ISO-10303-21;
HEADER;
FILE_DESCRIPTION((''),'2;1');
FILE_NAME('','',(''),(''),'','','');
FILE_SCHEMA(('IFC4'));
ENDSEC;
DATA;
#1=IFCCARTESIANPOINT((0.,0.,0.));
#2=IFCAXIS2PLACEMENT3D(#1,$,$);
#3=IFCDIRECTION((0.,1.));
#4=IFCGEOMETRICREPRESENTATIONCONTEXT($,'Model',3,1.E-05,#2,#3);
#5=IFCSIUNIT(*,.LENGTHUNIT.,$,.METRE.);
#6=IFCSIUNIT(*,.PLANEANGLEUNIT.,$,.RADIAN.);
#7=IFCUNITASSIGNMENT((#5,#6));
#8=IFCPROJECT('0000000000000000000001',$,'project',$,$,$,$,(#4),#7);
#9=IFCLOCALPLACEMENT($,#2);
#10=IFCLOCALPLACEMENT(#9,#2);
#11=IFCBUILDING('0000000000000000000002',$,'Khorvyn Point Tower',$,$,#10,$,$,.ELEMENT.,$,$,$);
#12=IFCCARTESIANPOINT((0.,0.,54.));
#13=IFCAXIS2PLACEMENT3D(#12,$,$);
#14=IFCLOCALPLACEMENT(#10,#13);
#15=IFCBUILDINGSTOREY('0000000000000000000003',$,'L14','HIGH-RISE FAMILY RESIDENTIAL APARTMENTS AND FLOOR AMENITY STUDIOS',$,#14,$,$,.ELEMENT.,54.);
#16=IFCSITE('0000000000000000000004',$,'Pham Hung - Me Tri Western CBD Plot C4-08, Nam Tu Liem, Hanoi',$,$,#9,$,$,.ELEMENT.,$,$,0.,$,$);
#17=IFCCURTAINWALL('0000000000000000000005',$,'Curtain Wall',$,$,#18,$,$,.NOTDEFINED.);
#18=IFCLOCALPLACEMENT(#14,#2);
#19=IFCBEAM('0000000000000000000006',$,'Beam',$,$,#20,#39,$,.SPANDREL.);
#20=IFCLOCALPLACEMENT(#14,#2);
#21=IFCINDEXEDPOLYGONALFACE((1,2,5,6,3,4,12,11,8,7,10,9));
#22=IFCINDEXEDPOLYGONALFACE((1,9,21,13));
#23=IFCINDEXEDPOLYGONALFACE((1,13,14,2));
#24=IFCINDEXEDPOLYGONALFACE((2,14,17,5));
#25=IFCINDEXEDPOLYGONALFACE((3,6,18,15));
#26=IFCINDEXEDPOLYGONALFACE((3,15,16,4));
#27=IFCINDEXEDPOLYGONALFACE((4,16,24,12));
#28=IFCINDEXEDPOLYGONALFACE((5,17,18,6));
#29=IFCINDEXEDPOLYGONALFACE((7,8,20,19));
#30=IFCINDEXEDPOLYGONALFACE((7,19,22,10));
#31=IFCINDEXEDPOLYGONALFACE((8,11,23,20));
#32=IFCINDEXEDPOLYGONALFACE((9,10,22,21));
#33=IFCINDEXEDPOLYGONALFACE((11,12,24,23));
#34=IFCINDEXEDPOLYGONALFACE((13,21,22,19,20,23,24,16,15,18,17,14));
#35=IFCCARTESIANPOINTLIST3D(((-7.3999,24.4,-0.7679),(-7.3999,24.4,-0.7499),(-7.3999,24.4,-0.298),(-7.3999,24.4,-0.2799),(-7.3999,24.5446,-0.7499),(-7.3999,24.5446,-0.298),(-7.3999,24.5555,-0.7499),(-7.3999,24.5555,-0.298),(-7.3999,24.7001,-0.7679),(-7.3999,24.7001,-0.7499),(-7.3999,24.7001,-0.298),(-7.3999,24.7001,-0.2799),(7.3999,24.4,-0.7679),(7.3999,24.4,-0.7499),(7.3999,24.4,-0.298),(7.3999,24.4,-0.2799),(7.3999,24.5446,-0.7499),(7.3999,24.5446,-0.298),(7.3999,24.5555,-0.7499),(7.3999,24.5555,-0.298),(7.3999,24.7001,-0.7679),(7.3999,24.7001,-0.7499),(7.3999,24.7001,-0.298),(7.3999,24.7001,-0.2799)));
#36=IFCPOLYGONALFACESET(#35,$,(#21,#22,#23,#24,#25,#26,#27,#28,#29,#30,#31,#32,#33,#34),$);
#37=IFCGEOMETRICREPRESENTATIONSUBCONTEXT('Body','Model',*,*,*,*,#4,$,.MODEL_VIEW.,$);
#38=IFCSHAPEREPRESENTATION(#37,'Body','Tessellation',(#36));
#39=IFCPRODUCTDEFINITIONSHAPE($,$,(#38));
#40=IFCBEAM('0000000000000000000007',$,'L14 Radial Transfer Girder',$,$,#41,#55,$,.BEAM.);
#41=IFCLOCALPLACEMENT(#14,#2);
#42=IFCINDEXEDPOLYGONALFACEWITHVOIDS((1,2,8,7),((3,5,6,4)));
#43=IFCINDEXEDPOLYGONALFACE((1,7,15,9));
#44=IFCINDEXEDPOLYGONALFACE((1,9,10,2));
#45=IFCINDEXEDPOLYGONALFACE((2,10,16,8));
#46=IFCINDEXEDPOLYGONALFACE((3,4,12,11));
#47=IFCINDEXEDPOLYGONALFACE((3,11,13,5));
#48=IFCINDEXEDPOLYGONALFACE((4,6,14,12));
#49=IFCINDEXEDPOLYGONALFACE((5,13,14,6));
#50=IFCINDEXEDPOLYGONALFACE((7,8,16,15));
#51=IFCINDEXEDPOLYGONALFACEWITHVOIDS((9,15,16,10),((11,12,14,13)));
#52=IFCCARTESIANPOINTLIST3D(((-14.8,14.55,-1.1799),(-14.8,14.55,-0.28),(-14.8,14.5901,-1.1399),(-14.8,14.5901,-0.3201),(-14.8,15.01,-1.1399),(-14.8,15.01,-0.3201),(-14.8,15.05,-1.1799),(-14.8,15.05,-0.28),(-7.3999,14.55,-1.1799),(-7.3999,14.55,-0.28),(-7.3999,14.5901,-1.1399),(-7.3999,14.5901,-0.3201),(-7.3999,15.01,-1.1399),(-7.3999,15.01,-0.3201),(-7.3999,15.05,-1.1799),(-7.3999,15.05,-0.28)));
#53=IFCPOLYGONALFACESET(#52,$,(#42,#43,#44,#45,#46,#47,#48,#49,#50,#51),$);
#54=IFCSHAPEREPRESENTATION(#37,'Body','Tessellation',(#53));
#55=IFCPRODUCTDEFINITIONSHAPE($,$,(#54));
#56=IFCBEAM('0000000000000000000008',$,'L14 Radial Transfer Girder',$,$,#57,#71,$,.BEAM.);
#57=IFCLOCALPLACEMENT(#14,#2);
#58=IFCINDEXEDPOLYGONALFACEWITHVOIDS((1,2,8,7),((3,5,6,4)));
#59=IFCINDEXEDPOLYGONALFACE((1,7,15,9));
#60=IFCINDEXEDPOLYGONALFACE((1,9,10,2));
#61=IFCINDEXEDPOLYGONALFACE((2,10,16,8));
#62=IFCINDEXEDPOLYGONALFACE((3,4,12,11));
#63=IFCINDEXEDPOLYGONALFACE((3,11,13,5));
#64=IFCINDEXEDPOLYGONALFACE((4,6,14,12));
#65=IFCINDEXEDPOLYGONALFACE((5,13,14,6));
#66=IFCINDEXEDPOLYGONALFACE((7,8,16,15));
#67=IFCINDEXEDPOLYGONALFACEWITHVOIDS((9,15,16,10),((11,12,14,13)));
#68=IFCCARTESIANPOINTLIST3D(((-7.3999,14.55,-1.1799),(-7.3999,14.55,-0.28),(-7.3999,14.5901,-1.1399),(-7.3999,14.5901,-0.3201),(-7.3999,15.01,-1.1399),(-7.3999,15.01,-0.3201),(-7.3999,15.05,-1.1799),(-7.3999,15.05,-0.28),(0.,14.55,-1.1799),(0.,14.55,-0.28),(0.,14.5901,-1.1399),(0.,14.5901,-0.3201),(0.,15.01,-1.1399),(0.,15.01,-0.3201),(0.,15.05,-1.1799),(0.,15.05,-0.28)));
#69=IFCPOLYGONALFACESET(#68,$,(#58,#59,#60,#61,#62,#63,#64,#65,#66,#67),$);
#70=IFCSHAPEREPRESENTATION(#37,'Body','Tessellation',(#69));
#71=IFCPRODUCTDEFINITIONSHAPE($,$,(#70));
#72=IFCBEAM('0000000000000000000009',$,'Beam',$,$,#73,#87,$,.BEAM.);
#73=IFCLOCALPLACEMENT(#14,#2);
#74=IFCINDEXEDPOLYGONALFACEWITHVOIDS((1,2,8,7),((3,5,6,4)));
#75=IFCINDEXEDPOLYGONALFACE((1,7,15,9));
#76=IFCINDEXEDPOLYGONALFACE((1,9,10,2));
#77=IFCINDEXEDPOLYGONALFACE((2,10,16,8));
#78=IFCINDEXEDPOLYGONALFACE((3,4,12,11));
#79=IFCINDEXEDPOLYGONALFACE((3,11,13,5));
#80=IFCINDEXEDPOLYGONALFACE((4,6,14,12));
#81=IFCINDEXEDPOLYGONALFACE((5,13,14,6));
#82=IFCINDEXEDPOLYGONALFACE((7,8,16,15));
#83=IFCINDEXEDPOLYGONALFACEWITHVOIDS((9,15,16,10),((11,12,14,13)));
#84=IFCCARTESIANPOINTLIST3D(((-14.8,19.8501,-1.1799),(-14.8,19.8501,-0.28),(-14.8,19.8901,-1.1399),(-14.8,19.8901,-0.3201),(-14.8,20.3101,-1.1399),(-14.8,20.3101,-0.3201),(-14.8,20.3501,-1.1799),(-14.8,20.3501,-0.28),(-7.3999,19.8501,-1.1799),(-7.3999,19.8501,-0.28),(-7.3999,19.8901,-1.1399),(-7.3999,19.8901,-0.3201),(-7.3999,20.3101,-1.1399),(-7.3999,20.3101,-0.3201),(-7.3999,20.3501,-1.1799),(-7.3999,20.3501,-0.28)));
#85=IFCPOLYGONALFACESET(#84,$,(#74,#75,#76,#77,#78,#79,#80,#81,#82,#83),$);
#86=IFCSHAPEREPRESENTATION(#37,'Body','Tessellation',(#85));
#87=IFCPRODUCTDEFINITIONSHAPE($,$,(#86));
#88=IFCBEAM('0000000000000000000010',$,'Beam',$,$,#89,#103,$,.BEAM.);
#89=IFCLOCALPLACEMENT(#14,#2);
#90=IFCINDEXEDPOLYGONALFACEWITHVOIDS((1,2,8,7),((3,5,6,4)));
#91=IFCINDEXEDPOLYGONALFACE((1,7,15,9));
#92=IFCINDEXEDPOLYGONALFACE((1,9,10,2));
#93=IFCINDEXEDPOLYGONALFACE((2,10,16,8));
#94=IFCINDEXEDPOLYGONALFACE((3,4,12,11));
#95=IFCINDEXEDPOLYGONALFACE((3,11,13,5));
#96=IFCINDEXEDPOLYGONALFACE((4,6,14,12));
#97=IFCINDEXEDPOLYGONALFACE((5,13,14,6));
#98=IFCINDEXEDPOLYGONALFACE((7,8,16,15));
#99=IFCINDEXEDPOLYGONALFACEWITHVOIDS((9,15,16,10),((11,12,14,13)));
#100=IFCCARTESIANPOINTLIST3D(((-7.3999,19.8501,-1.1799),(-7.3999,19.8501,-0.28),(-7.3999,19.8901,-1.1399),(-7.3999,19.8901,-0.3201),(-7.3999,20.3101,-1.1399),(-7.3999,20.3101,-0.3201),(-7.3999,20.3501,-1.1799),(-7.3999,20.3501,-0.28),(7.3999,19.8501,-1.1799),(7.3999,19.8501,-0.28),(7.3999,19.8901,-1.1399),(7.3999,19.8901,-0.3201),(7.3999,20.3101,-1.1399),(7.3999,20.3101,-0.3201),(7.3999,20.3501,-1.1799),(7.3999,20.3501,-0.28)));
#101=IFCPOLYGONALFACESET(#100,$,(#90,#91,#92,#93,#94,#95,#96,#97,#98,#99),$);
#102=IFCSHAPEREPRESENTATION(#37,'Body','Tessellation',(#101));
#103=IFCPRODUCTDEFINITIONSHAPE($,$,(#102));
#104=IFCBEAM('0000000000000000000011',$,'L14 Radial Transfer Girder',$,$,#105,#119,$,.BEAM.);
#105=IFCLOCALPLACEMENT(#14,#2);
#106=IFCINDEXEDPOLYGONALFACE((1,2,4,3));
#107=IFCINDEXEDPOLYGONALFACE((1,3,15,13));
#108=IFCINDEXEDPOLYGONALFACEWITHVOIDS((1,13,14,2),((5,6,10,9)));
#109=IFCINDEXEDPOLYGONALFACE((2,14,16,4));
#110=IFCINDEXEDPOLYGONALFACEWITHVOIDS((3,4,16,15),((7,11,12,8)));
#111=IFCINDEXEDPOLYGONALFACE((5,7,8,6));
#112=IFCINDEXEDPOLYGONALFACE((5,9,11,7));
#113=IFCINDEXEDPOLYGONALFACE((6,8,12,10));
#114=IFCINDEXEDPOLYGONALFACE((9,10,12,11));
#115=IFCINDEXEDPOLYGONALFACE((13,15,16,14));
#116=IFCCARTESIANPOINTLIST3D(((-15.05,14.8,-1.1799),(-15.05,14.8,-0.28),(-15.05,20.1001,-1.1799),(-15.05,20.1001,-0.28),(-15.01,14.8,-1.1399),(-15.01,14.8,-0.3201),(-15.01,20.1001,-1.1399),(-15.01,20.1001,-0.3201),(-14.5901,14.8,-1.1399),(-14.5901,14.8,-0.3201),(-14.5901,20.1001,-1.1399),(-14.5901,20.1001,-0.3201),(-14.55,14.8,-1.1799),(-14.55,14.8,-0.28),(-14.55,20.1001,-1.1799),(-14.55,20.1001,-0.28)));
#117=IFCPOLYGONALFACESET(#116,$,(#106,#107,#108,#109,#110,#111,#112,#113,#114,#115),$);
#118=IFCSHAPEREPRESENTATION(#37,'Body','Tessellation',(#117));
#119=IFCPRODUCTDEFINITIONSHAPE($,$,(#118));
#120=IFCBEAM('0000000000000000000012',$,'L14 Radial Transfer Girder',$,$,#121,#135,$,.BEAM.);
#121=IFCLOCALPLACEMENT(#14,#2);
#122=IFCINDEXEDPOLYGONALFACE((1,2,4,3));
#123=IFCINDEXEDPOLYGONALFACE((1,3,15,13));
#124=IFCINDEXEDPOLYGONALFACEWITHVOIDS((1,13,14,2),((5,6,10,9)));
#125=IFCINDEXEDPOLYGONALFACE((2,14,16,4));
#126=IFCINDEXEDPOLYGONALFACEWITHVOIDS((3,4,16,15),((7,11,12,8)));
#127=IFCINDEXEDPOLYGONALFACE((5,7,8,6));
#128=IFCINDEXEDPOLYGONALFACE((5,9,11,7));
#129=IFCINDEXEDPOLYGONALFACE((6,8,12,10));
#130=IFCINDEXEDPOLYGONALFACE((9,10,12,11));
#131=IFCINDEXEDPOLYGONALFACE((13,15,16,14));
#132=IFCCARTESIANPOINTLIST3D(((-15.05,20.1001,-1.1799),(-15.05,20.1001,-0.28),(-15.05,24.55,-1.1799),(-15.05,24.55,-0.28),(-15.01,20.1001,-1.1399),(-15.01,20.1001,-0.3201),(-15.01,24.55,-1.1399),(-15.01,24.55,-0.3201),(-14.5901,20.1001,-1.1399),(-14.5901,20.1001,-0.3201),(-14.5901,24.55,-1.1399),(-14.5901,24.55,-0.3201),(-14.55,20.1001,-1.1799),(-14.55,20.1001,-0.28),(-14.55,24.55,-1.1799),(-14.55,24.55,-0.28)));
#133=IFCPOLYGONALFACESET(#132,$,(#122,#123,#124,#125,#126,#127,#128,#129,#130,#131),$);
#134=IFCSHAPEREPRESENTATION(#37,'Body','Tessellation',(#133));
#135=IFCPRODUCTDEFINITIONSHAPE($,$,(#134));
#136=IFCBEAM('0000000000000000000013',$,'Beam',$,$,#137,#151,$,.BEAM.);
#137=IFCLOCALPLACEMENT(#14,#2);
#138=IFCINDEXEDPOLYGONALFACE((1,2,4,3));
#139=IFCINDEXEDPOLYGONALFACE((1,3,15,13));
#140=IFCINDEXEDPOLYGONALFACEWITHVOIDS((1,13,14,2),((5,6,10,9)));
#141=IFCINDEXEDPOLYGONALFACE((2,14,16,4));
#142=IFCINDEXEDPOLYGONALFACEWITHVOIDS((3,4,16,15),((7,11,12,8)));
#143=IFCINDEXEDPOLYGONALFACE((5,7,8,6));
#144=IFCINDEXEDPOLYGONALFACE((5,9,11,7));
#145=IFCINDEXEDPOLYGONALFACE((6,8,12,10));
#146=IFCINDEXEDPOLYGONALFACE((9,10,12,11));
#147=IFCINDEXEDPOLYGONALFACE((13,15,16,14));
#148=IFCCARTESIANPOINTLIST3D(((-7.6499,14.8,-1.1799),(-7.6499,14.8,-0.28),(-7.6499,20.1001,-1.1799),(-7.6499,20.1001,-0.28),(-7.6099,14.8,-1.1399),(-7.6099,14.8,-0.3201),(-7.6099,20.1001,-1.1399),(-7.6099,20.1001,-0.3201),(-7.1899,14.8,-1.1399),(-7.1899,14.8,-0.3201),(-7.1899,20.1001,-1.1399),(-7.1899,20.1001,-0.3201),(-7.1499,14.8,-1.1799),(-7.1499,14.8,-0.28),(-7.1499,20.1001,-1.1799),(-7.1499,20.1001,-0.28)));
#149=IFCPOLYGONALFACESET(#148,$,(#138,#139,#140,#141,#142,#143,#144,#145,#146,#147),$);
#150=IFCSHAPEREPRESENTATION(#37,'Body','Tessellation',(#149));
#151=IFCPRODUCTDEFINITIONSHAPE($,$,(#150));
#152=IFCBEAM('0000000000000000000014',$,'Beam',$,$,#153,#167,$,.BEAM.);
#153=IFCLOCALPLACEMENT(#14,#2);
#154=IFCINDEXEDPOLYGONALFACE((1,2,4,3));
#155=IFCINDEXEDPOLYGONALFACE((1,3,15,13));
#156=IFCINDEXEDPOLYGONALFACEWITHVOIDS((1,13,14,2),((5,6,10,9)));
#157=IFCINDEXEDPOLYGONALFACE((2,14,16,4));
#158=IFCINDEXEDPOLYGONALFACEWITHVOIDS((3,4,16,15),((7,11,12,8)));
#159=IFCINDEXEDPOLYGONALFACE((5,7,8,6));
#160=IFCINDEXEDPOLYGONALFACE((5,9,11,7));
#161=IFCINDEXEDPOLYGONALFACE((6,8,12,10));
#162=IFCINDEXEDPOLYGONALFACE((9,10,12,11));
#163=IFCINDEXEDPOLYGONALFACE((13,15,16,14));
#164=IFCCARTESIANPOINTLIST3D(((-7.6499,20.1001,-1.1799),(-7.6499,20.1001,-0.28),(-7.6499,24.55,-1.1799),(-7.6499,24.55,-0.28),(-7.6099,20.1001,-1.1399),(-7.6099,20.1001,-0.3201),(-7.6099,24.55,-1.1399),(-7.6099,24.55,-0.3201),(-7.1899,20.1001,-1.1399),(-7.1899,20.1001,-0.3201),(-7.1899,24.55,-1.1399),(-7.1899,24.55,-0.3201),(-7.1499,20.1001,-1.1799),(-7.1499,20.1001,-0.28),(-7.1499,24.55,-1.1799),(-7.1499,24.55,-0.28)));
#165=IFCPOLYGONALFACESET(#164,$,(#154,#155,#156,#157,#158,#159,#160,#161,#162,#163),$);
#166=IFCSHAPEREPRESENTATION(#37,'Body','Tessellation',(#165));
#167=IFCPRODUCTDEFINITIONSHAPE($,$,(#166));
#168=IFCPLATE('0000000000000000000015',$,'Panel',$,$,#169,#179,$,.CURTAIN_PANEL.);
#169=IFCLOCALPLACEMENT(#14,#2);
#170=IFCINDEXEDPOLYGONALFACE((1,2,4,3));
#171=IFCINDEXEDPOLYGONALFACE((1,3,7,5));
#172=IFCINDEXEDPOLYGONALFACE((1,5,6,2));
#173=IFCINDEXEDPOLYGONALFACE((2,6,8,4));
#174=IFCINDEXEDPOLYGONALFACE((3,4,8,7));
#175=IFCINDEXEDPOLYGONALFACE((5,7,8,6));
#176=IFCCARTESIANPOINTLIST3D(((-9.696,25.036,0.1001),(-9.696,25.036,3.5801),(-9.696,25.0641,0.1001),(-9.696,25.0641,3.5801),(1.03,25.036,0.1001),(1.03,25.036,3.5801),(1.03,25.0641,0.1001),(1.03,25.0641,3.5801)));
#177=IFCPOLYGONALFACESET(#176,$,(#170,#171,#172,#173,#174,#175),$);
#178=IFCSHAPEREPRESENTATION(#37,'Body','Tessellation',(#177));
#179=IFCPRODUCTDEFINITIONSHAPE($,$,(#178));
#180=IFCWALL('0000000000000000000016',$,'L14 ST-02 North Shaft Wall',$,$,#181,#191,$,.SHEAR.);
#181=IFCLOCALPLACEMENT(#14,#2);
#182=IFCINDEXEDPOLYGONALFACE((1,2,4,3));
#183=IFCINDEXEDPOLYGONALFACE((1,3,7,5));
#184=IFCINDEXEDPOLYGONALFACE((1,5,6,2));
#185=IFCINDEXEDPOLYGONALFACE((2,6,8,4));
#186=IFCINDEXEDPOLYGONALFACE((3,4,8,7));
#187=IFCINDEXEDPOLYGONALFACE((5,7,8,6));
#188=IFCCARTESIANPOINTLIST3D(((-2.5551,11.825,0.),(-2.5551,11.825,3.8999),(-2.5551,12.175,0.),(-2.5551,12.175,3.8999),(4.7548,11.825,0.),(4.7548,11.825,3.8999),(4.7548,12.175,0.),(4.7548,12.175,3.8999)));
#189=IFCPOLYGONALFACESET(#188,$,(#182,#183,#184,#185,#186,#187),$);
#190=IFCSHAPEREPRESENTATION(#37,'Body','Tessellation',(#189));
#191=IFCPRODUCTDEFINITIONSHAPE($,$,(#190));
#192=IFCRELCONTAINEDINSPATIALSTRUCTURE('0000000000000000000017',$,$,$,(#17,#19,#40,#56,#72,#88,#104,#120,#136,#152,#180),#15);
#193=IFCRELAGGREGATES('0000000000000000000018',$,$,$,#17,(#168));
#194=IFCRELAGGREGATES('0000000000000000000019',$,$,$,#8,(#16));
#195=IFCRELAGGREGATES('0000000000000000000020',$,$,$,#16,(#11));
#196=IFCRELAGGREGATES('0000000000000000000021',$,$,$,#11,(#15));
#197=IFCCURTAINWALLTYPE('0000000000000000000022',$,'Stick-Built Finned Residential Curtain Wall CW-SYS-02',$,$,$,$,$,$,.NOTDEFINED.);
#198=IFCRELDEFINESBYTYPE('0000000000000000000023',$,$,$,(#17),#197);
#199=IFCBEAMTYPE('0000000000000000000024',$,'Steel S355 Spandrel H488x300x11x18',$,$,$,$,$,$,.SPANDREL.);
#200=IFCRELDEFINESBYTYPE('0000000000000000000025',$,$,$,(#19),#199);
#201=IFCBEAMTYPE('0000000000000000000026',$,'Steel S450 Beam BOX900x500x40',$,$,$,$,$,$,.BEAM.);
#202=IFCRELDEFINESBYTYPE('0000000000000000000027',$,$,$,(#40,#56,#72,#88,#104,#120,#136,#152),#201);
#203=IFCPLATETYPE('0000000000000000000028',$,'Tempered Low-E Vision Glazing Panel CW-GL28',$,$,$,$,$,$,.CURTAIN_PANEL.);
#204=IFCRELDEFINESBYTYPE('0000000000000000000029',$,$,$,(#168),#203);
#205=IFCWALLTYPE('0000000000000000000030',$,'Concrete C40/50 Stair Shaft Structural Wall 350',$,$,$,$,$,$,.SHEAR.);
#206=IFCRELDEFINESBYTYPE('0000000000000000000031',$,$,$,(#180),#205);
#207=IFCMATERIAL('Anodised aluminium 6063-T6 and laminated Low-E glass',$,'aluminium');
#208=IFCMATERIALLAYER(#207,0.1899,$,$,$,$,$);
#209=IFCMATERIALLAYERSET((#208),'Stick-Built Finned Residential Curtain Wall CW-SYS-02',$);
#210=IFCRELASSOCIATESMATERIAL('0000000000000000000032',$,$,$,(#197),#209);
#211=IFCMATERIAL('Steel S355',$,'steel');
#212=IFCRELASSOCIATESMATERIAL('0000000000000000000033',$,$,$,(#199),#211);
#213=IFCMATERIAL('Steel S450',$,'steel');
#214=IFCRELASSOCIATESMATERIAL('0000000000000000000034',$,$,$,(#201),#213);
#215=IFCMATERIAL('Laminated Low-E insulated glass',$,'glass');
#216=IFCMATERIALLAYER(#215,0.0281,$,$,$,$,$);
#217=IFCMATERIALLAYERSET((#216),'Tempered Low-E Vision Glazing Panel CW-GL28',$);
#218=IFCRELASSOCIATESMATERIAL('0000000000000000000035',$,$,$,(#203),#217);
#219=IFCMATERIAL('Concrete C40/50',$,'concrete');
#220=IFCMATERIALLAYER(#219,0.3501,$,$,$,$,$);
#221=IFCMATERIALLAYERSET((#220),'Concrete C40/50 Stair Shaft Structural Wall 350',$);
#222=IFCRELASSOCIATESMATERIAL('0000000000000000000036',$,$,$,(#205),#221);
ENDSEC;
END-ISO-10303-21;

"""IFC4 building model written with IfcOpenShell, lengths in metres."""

from ifc_helpers import new_model, si_unit, direction, frame, frame_2d, origin, origin_2d, place, context, subcontext, project, spatial, rectangle, hollow_rectangle, i_section, extrude, material, layer, layer_set, material_profile, profile_set, type_object, element, aggregate, save


model = new_model("IFC4")

# Units and contexts
model_context = context("Model", 3, precision=1e-05, world=origin(), true_north=direction((0.0, 1.0)))
body_context = subcontext(model_context, "Body", "Model", "MODEL_VIEW")
ifc_project = project(units=[si_unit("LENGTHUNIT", "METRE"), si_unit("PLANEANGLEUNIT", "RADIAN")], contexts=[model_context])

# Site, building, storey
site_placement = place(None, origin())
site = spatial("IfcSite", under=ifc_project, at=site_placement, Name="Pham Hung - Me Tri Western CBD Plot C4-08, Nam Tu Liem, Hanoi", CompositionType="ELEMENT", RefElevation=0.0)
building_placement = place(site_placement, origin())
building = spatial("IfcBuilding", under=site, at=building_placement, Name="Khorvyn Point Tower", CompositionType="ELEMENT")
storey_placement = place(building_placement, frame((0.0, 0.0, 54.0)))
storey = spatial("IfcBuildingStorey", under=building, at=storey_placement, Name="L14", Description="HIGH-RISE FAMILY RESIDENTIAL APARTMENTS AND FLOOR AMENITY STUDIOS", CompositionType="ELEMENT", Elevation=54.0)

# Shared definitions
ifc_material_1 = material(Name="Steel S450", Category="steel")

# Curtain wall
ifc_material_2 = material(Name="Anodised aluminium 6063-T6 and laminated Low-E glass", Category="aluminium")
ifc_layer_1 = layer(ifc_material_2, 0.1899)
ifc_layer_set_1 = layer_set([ifc_layer_1], Name="Stick-Built Finned Residential Curtain Wall CW-SYS-02")
curtain_wall_type = type_object("IfcCurtainWallType", Name="Stick-Built Finned Residential Curtain Wall CW-SYS-02", PredefinedType="NOTDEFINED", material=ifc_layer_set_1)
curtain_wall_placement = place(storey_placement, origin())
curtain_wall = element("IfcCurtainWall", 1, at=curtain_wall_placement, inside=storey, type_object=curtain_wall_type, Name="Curtain Wall", PredefinedType="NOTDEFINED")

# Beams
ifc_material_3 = material(Name="Steel S355", Category="steel")
ifc_material_profile_1 = material_profile(ifc_material_3, i_section(OverallWidth=0.3, OverallDepth=0.488, WebThickness=0.011, FlangeThickness=0.0181, at=origin_2d()))
ifc_profile_set_1 = profile_set([ifc_material_profile_1], Name="Steel S355 H488x300x11x18")
beam_type_1 = type_object("IfcBeamType", Name="Steel S355 Spandrel H488x300x11x18", PredefinedType="SPANDREL", material=ifc_profile_set_1)
beam_1_placement = place(storey_placement, frame((-7.3999, 24.55, -0.5239), z_axis=(1.0, 0.0, 0.0), x_axis=(0.0, 1.0, 0.0)))
element("IfcBeam", 2, at=beam_1_placement, inside=storey, type_object=beam_type_1, Name="Beam", PredefinedType="SPANDREL", context=body_context, shape_type="SweptSolid", body=[
    extrude(i_section(OverallWidth=0.3, OverallDepth=0.488, WebThickness=0.011, FlangeThickness=0.0181, at=origin_2d()), origin(), (0.0, 0.0, 1.0), 14.7998),
])
ifc_material_profile_2 = material_profile(ifc_material_1, hollow_rectangle(XDim=0.5, YDim=0.8999, WallThickness=0.04, at=origin_2d()))
ifc_profile_set_2 = profile_set([ifc_material_profile_2], Name="Steel S450 BOX900x500x40")
beam_type_2 = type_object("IfcBeamType", Name="Steel S450 Beam BOX900x500x40", PredefinedType="BEAM", material=ifc_profile_set_2)
beam_2_placement = place(storey_placement, frame((-14.8, 14.8, -0.73), z_axis=(1.0, 0.0, 0.0), x_axis=(0.0, 1.0, 0.0)))
element("IfcBeam", 3, at=beam_2_placement, inside=storey, type_object=beam_type_2, Name="L14 Radial Transfer Girder", PredefinedType="BEAM", context=body_context, shape_type="SweptSolid", body=[
    extrude(hollow_rectangle(XDim=0.5, YDim=0.8999, WallThickness=0.04, at=origin_2d()), origin(), (0.0, 0.0, 1.0), 7.4001),
])
beam_3_placement = place(storey_placement, frame((-7.3999, 14.8, -0.73), z_axis=(1.0, 0.0, 0.0), x_axis=(0.0, 1.0, 0.0)))
element("IfcBeam", 4, at=beam_3_placement, inside=storey, type_object=beam_type_2, Name="L14 Radial Transfer Girder", PredefinedType="BEAM", context=body_context, shape_type="SweptSolid", body=[
    extrude(hollow_rectangle(XDim=0.5, YDim=0.8999, WallThickness=0.04, at=origin_2d()), origin(), (0.0, 0.0, 1.0), 7.3999),
])
beam_4_placement = place(storey_placement, frame((-14.8, 20.1001, -0.73), z_axis=(1.0, 0.0, 0.0), x_axis=(0.0, 1.0, 0.0)))
element("IfcBeam", 5, at=beam_4_placement, inside=storey, type_object=beam_type_2, Name="Beam", PredefinedType="BEAM", context=body_context, shape_type="SweptSolid", body=[
    extrude(hollow_rectangle(XDim=0.5, YDim=0.8999, WallThickness=0.04, at=origin_2d()), origin(), (0.0, 0.0, 1.0), 7.4001),
])
beam_5_placement = place(storey_placement, frame((-7.3999, 20.1001, -0.73), z_axis=(1.0, 0.0, 0.0), x_axis=(0.0, 1.0, 0.0)))
element("IfcBeam", 6, at=beam_5_placement, inside=storey, type_object=beam_type_2, Name="Beam", PredefinedType="BEAM", context=body_context, shape_type="SweptSolid", body=[
    extrude(hollow_rectangle(XDim=0.5, YDim=0.8999, WallThickness=0.04, at=origin_2d()), origin(), (0.0, 0.0, 1.0), 14.7998),
])
beam_6_placement = place(storey_placement, frame((-14.8, 14.8, -0.73), z_axis=(0.0, 1.0, 0.0), x_axis=(-1.0, 0.0, 0.0)))
element("IfcBeam", 7, at=beam_6_placement, inside=storey, type_object=beam_type_2, Name="L14 Radial Transfer Girder", PredefinedType="BEAM", context=body_context, shape_type="SweptSolid", body=[
    extrude(hollow_rectangle(XDim=0.5, YDim=0.8999, WallThickness=0.04, at=origin_2d()), origin(), (0.0, 0.0, 1.0), 5.3),
])
beam_7_placement = place(storey_placement, frame((-14.8, 20.1001, -0.73), z_axis=(0.0, 1.0, 0.0), x_axis=(-1.0, 0.0, 0.0)))
element("IfcBeam", 8, at=beam_7_placement, inside=storey, type_object=beam_type_2, Name="L14 Radial Transfer Girder", PredefinedType="BEAM", context=body_context, shape_type="SweptSolid", body=[
    extrude(hollow_rectangle(XDim=0.5, YDim=0.8999, WallThickness=0.04, at=origin_2d()), origin(), (0.0, 0.0, 1.0), 4.45),
])
beam_8_placement = place(storey_placement, frame((-7.3999, 14.8, -0.73), z_axis=(0.0, 1.0, 0.0), x_axis=(-1.0, 0.0, 0.0)))
element("IfcBeam", 9, at=beam_8_placement, inside=storey, type_object=beam_type_2, Name="Beam", PredefinedType="BEAM", context=body_context, shape_type="SweptSolid", body=[
    extrude(hollow_rectangle(XDim=0.5, YDim=0.8999, WallThickness=0.04, at=origin_2d()), origin(), (0.0, 0.0, 1.0), 5.3),
])
beam_9_placement = place(storey_placement, frame((-7.3999, 20.1001, -0.73), z_axis=(0.0, 1.0, 0.0), x_axis=(-1.0, 0.0, 0.0)))
element("IfcBeam", 10, at=beam_9_placement, inside=storey, type_object=beam_type_2, Name="Beam", PredefinedType="BEAM", context=body_context, shape_type="SweptSolid", body=[
    extrude(hollow_rectangle(XDim=0.5, YDim=0.8999, WallThickness=0.04, at=origin_2d()), origin(), (0.0, 0.0, 1.0), 4.45),
])

# Plate
ifc_material_4 = material(Name="Laminated Low-E insulated glass", Category="glass")
ifc_layer_2 = layer(ifc_material_4, 0.0281)
ifc_layer_set_2 = layer_set([ifc_layer_2], Name="Tempered Low-E Vision Glazing Panel CW-GL28")
plate_type = type_object("IfcPlateType", Name="Tempered Low-E Vision Glazing Panel CW-GL28", PredefinedType="CURTAIN_PANEL", material=ifc_layer_set_2)
plate_placement = place(storey_placement, frame((-4.333, 25.05, 0.1001), z_axis=(0.0, 0.0, 1.0), x_axis=(1.0, 0.0, 0.0)))
plate = element("IfcPlate", 11, at=plate_placement, type_object=plate_type, Name="Panel", PredefinedType="CURTAIN_PANEL", context=body_context, shape_type="SweptSolid", body=[
    extrude(rectangle(XDim=10.7261, YDim=0.0281, at=origin_2d()), origin(), (0.0, 0.0, 1.0), 3.48),
])
aggregate(curtain_wall, [plate])

# Wall
ifc_material_5 = material(Name="Concrete C40/50", Category="concrete")
ifc_layer_3 = layer(ifc_material_5, 0.3501)
ifc_layer_set_3 = layer_set([ifc_layer_3], Name="Concrete C40/50 Stair Shaft Structural Wall 350")
wall_type_1 = type_object("IfcWallType", Name="Concrete C40/50 Stair Shaft Structural Wall 350", PredefinedType="SHEAR", material=ifc_layer_set_3)
wall_1_placement = place(storey_placement, frame((-2.5549, 12.0, 0.0), z_axis=(0.0, 0.0, 1.0), x_axis=(1.0, 0.0, 0.0)))
element("IfcWall", 12, at=wall_1_placement, inside=storey, type_object=wall_type_1, Name="L14 ST-02 North Shaft Wall", PredefinedType="SHEAR", context=body_context, shape_type="SweptSolid", body=[
    extrude(rectangle(XDim=7.3098, YDim=0.3501, at=frame_2d((3.6548, 0.0))), origin(), (0.0, 0.0, 1.0), 3.8999),
])

save(model, "model.ifc")
